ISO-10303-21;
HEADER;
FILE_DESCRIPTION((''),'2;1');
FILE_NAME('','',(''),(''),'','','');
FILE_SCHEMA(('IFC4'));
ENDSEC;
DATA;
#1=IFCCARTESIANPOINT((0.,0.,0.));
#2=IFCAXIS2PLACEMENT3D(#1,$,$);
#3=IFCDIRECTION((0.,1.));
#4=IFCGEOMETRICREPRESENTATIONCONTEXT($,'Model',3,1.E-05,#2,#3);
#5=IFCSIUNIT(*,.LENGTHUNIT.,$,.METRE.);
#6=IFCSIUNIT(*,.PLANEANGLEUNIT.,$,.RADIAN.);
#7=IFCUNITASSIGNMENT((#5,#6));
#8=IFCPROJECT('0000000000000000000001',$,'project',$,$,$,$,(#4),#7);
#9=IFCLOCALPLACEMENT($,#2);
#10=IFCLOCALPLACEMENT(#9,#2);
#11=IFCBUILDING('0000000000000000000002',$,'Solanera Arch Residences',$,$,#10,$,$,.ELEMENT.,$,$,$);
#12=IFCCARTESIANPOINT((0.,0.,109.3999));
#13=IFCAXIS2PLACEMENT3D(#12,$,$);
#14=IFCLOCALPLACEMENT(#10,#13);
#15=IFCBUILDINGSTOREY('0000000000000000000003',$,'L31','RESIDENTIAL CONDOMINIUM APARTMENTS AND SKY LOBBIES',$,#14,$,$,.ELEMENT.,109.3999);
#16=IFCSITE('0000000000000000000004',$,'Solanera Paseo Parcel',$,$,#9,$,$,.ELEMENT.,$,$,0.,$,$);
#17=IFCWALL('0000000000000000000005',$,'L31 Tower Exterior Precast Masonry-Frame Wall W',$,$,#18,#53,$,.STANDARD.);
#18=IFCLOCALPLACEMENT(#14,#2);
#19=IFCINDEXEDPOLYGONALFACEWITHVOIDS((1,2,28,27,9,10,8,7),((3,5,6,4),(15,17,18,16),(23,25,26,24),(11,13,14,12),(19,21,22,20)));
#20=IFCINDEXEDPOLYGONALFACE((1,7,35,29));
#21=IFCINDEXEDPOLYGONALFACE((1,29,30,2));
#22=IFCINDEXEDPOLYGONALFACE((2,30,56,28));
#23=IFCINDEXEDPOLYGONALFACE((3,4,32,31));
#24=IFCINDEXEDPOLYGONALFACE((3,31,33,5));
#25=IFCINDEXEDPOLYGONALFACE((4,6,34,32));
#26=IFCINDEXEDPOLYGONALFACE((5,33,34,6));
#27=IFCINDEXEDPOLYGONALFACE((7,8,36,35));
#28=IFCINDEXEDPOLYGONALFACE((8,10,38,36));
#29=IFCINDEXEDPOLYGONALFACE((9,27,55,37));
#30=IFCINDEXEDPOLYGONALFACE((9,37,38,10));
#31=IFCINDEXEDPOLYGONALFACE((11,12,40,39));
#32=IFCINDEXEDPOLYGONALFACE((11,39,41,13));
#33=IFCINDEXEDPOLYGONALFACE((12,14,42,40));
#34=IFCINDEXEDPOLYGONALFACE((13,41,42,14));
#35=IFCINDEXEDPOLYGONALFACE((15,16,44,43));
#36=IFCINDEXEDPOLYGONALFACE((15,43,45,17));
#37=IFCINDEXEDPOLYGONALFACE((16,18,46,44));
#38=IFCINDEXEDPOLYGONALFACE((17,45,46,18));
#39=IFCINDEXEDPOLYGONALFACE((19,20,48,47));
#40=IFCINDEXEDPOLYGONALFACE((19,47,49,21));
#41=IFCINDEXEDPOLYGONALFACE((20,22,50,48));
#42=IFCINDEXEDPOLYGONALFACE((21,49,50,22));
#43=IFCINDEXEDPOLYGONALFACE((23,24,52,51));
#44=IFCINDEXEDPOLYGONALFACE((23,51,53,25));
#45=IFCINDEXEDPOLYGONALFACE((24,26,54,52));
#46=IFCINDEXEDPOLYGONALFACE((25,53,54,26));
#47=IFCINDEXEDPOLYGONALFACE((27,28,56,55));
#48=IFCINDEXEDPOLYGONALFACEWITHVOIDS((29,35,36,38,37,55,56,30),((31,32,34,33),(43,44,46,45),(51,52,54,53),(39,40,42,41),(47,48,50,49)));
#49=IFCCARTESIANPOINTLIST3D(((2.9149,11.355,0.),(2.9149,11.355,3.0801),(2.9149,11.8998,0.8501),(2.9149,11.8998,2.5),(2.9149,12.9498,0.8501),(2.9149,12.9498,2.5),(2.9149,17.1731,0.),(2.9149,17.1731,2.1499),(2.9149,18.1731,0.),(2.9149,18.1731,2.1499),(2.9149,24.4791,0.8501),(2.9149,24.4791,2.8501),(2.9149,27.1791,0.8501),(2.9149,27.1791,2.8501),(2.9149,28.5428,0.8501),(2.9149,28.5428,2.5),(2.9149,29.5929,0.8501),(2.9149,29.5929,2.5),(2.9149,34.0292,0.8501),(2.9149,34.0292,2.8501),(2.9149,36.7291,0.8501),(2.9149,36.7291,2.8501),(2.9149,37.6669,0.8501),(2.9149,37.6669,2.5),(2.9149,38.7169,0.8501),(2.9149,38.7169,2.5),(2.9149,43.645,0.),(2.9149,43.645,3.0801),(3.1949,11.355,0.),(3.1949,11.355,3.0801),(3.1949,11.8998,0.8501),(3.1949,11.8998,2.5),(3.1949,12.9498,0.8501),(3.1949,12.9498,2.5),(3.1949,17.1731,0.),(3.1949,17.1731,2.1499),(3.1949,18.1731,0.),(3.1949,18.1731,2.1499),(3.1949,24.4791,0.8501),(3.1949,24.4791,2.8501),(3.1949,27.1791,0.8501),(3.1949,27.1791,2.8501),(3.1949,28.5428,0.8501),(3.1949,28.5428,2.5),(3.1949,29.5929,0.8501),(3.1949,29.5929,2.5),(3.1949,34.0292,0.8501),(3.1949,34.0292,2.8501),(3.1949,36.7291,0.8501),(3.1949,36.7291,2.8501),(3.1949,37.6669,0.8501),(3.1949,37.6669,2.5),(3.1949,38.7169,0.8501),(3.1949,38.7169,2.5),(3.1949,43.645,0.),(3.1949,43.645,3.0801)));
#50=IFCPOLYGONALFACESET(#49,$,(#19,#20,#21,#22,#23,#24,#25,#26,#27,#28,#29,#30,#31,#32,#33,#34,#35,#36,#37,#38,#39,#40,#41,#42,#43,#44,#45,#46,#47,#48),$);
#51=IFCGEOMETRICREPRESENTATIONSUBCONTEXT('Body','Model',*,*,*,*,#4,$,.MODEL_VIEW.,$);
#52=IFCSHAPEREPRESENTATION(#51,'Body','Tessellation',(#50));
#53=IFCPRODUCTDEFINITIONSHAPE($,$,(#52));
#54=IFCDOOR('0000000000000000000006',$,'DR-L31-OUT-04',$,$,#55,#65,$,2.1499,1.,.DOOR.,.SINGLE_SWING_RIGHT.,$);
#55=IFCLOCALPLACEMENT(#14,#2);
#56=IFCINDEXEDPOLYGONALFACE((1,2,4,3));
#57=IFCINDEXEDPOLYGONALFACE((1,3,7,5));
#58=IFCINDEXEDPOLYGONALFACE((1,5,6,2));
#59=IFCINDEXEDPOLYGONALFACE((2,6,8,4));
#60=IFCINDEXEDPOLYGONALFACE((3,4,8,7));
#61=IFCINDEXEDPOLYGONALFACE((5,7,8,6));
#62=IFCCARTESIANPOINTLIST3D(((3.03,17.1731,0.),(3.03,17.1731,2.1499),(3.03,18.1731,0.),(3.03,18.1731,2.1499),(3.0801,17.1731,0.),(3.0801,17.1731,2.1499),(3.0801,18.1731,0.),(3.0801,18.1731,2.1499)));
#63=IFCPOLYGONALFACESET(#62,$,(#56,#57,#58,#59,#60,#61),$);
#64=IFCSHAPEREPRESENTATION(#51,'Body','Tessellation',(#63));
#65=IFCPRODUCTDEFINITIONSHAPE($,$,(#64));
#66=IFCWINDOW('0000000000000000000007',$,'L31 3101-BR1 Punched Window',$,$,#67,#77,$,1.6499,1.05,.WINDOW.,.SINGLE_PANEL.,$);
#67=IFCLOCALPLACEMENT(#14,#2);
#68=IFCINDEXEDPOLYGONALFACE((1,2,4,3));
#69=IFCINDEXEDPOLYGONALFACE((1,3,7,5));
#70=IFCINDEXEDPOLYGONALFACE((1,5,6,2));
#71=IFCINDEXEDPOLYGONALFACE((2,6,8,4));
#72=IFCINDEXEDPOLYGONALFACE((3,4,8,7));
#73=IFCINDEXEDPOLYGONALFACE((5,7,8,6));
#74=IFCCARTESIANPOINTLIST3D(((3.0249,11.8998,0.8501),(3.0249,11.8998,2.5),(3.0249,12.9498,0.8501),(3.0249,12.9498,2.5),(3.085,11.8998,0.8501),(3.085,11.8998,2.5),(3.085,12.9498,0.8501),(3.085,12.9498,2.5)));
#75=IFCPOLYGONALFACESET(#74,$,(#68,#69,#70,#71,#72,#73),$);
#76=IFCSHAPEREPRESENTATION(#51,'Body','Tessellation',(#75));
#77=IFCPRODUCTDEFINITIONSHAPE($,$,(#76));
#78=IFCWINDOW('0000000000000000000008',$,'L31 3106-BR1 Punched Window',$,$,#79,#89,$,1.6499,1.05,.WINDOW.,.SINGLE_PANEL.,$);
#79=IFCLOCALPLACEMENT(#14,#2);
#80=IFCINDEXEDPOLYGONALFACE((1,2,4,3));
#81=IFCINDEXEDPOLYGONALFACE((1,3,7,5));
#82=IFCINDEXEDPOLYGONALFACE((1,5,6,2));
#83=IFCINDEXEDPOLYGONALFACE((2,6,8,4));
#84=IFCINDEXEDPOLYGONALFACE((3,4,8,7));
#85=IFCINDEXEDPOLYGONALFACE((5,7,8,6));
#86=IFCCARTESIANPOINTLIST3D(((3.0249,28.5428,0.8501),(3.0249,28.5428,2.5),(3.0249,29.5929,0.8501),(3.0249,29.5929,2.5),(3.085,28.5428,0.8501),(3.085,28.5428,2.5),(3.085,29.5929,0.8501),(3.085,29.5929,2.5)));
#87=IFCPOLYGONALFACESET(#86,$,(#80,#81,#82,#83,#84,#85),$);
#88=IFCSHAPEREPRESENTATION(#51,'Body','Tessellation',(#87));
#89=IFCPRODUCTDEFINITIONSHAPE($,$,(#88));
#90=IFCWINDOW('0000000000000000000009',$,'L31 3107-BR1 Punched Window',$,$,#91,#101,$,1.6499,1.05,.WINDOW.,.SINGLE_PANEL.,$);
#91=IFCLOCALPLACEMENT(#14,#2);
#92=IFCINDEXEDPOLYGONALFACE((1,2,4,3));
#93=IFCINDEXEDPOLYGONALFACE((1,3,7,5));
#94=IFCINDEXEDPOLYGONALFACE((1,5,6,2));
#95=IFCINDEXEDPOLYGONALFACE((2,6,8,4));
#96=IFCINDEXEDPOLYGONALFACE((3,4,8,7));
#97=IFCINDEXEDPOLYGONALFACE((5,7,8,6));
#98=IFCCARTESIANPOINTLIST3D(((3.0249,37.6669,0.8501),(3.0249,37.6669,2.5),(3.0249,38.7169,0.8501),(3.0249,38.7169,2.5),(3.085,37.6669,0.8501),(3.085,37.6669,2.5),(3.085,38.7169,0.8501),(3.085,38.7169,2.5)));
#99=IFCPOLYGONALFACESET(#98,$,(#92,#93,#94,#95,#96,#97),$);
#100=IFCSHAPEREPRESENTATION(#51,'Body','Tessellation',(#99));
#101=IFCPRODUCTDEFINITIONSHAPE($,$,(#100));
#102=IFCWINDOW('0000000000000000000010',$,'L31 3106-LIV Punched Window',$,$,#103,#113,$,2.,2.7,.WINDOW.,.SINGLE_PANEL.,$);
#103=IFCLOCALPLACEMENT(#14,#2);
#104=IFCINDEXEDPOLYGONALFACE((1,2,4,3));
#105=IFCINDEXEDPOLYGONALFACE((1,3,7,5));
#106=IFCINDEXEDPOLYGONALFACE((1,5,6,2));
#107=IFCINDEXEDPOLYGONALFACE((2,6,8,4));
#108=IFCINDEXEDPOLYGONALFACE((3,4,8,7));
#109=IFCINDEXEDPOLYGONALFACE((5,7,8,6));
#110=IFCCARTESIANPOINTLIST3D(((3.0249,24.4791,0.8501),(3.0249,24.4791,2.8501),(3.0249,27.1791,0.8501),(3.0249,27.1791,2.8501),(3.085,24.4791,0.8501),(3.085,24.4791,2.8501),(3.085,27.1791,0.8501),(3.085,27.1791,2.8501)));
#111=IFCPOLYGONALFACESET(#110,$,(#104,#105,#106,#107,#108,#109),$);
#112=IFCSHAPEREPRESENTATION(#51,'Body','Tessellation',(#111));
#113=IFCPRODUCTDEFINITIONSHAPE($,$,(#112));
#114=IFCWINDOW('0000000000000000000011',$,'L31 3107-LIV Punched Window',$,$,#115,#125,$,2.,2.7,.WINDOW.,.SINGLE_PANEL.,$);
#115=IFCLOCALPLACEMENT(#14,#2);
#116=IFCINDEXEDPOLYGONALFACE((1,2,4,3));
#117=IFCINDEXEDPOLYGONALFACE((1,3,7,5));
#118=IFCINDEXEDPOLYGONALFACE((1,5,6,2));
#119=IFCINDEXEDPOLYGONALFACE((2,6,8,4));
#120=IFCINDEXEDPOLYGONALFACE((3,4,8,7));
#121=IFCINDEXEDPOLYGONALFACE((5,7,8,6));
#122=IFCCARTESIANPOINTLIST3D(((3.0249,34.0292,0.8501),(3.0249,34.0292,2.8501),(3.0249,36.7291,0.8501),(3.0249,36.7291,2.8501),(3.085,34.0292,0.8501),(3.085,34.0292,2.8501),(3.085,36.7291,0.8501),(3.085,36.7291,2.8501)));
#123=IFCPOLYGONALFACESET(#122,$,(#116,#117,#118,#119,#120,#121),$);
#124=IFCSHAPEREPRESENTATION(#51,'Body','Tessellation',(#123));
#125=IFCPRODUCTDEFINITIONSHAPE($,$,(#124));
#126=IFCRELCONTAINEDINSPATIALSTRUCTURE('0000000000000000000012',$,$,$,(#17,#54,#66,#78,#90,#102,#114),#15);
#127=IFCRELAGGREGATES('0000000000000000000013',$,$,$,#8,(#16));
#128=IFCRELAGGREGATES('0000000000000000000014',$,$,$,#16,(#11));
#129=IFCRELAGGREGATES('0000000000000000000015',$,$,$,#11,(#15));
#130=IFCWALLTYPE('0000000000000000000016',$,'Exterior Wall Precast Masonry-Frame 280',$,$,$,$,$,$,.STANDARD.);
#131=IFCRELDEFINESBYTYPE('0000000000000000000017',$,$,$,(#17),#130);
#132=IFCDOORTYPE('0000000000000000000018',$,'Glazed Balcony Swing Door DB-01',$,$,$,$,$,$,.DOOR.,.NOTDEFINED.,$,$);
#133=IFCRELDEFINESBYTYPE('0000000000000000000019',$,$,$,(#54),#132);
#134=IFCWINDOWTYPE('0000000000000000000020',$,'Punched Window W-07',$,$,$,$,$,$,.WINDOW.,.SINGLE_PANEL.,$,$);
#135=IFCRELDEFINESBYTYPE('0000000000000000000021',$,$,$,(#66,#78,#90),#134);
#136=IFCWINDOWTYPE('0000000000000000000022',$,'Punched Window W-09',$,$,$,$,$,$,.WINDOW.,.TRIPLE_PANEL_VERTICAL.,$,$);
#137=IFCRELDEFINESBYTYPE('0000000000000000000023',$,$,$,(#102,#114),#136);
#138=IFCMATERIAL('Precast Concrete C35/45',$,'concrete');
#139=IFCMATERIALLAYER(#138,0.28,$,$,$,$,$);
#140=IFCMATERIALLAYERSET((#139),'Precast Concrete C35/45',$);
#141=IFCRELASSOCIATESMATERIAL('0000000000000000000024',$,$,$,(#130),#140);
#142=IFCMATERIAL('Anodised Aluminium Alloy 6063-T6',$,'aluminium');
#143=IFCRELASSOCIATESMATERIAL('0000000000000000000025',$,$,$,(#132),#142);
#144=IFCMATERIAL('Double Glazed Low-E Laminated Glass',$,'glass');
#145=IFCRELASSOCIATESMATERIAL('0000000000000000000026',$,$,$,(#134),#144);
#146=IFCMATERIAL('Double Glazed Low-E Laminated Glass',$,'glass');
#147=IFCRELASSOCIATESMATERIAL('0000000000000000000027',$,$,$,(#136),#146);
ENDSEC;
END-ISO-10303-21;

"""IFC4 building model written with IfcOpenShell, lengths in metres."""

from ifc_helpers import new_model, si_unit, direction, frame, frame_2d, origin, place, context, subcontext, project, spatial, rectangle, extrude, material, layer, layer_set, type_object, element, fill, save


model = new_model("IFC4")

# Units and contexts
model_context = context("Model", 3, precision=1e-05, world=origin(), true_north=direction((0.0, 1.0)))
body_context = subcontext(model_context, "Body", "Model", "MODEL_VIEW")
ifc_project = project(units=[si_unit("LENGTHUNIT", "METRE"), si_unit("PLANEANGLEUNIT", "RADIAN")], contexts=[model_context])

# Site, building, storey
site_placement = place(None, origin())
site = spatial("IfcSite", under=ifc_project, at=site_placement, Name="Solanera Paseo Parcel", CompositionType="ELEMENT", RefElevation=0.0)
building_placement = place(site_placement, origin())
building = spatial("IfcBuilding", under=site, at=building_placement, Name="Solanera Arch Residences", CompositionType="ELEMENT")
storey_placement = place(building_placement, frame((0.0, 0.0, 109.3999)))
storey = spatial("IfcBuildingStorey", under=building, at=storey_placement, Name="L31", Description="RESIDENTIAL CONDOMINIUM APARTMENTS AND SKY LOBBIES", CompositionType="ELEMENT", Elevation=109.3999)

# Wall, openings, door, windows
ifc_material_1 = material(Name="Precast Concrete C35/45", Category="concrete")
ifc_layer_1 = layer(ifc_material_1, 0.28)
ifc_layer_set_1 = layer_set([ifc_layer_1], Name="Precast Concrete C35/45")
wall_type_1 = type_object("IfcWallType", Name="Exterior Wall Precast Masonry-Frame 280", PredefinedType="STANDARD", material=ifc_layer_set_1)
wall_1_placement = place(storey_placement, frame((3.0549, 11.355, 0.0), z_axis=(0.0, 0.0, 1.0), x_axis=(0.0, 1.0, 0.0)))
wall_1 = element("IfcWall", 1, at=wall_1_placement, inside=storey, type_object=wall_type_1, Name="L31 Tower Exterior Precast Masonry-Frame Wall W", PredefinedType="STANDARD", context=body_context, shape_type="SweptSolid", body=[
    extrude(rectangle(XDim=32.29, YDim=0.28, at=frame_2d((16.145, 0.0))), origin(), (0.0, 0.0, 1.0), 3.0801),
])
opening_1_placement = place(wall_1_placement, frame((5.8181, 0.0, 0.0)))
opening_1 = element("IfcOpeningElement", 2, at=opening_1_placement, cuts=wall_1, PredefinedType="OPENING", context=body_context, shape_type="SweptSolid", body=[
    extrude(rectangle(XDim=1.0, YDim=2.1499, at=frame_2d((0.5, 1.075))), frame((0.0, 0.1499, 0.0), z_axis=(0.0, -1.0, 0.0), x_axis=(1.0, 0.0, 0.0)), (0.0, 0.0, 1.0), 0.3),
])
opening_2_placement = place(wall_1_placement, frame((0.5449, 0.0, 0.8501)))
opening_2 = element("IfcOpeningElement", 3, at=opening_2_placement, cuts=wall_1, PredefinedType="OPENING", context=body_context, shape_type="SweptSolid", body=[
    extrude(rectangle(XDim=1.05, YDim=1.6499, at=frame_2d((0.5249, 0.825))), frame((0.0, 0.1499, 0.0), z_axis=(0.0, -1.0, 0.0), x_axis=(1.0, 0.0, 0.0)), (0.0, 0.0, 1.0), 0.3),
])
opening_3_placement = place(wall_1_placement, frame((13.124, 0.0, 0.8501)))
opening_3 = element("IfcOpeningElement", 4, at=opening_3_placement, cuts=wall_1, PredefinedType="OPENING", context=body_context, shape_type="SweptSolid", body=[
    extrude(rectangle(XDim=2.7, YDim=2.0, at=frame_2d((1.3501, 1.0))), frame((0.0, 0.1499, 0.0), z_axis=(0.0, -1.0, 0.0), x_axis=(1.0, 0.0, 0.0)), (0.0, 0.0, 1.0), 0.3),
])
opening_4_placement = place(wall_1_placement, frame((17.188, 0.0, 0.8501)))
opening_4 = element("IfcOpeningElement", 5, at=opening_4_placement, cuts=wall_1, PredefinedType="OPENING", context=body_context, shape_type="SweptSolid", body=[
    extrude(rectangle(XDim=1.05, YDim=1.6499, at=frame_2d((0.5249, 0.825))), frame((0.0, 0.1499, 0.0), z_axis=(0.0, -1.0, 0.0), x_axis=(1.0, 0.0, 0.0)), (0.0, 0.0, 1.0), 0.3),
])
opening_5_placement = place(wall_1_placement, frame((22.6741, 0.0, 0.8501)))
opening_5 = element("IfcOpeningElement", 6, at=opening_5_placement, cuts=wall_1, PredefinedType="OPENING", context=body_context, shape_type="SweptSolid", body=[
    extrude(rectangle(XDim=2.7, YDim=2.0, at=frame_2d((1.3501, 1.0))), frame((0.0, 0.1499, 0.0), z_axis=(0.0, -1.0, 0.0), x_axis=(1.0, 0.0, 0.0)), (0.0, 0.0, 1.0), 0.3),
])
opening_6_placement = place(wall_1_placement, frame((26.312, 0.0, 0.8501)))
opening_6 = element("IfcOpeningElement", 7, at=opening_6_placement, cuts=wall_1, PredefinedType="OPENING", context=body_context, shape_type="SweptSolid", body=[
    extrude(rectangle(XDim=1.05, YDim=1.6499, at=frame_2d((0.5249, 0.825))), frame((0.0, 0.1499, 0.0), z_axis=(0.0, -1.0, 0.0), x_axis=(1.0, 0.0, 0.0)), (0.0, 0.0, 1.0), 0.3),
])
ifc_material_2 = material(Name="Anodised Aluminium Alloy 6063-T6", Category="aluminium")
door_type_1 = type_object("IfcDoorType", Name="Glazed Balcony Swing Door DB-01", OperationType="NOTDEFINED", PredefinedType="DOOR", material=ifc_material_2)
door_1_placement = place(opening_1_placement, origin())
door_1 = element("IfcDoor", 8, at=door_1_placement, inside=storey, type_object=door_type_1, Name="DR-L31-OUT-04", OperationType="SINGLE_SWING_RIGHT", OverallHeight=2.1499, OverallWidth=1.0, PredefinedType="DOOR", context=body_context, shape_type="SweptSolid", body=[
    extrude(rectangle(XDim=1.0, YDim=2.1499, at=frame_2d((0.5, 1.075))), frame((0.0, 0.0249, 0.0), z_axis=(0.0, -1.0, 0.0), x_axis=(1.0, 0.0, 0.0)), (0.0, 0.0, 1.0), 0.05),
])
fill(opening_1, door_1)
ifc_material_3 = material(Name="Double Glazed Low-E Laminated Glass", Category="glass")
window_type_1 = type_object("IfcWindowType", Name="Punched Window W-07", PartitioningType="SINGLE_PANEL", PredefinedType="WINDOW", material=ifc_material_3)
window_1_placement = place(opening_2_placement, origin())
window_1 = element("IfcWindow", 9, at=window_1_placement, inside=storey, type_object=window_type_1, Name="L31 3101-BR1 Punched Window", OverallHeight=1.6499, OverallWidth=1.05, PartitioningType="SINGLE_PANEL", PredefinedType="WINDOW", context=body_context, shape_type="SweptSolid", body=[
    extrude(rectangle(XDim=1.05, YDim=1.6499, at=frame_2d((0.5249, 0.825))), frame((0.0, 0.03, 0.0), z_axis=(0.0, -1.0, 0.0), x_axis=(1.0, 0.0, 0.0)), (0.0, 0.0, 1.0), 0.0601),
])
fill(opening_2, window_1)
window_2_placement = place(opening_4_placement, origin())
window_2 = element("IfcWindow", 10, at=window_2_placement, inside=storey, type_object=window_type_1, Name="L31 3106-BR1 Punched Window", OverallHeight=1.6499, OverallWidth=1.05, PartitioningType="SINGLE_PANEL", PredefinedType="WINDOW", context=body_context, shape_type="SweptSolid", body=[
    extrude(rectangle(XDim=1.05, YDim=1.6499, at=frame_2d((0.5249, 0.825))), frame((0.0, 0.03, 0.0), z_axis=(0.0, -1.0, 0.0), x_axis=(1.0, 0.0, 0.0)), (0.0, 0.0, 1.0), 0.0601),
])
fill(opening_4, window_2)
window_3_placement = place(opening_6_placement, origin())
window_3 = element("IfcWindow", 11, at=window_3_placement, inside=storey, type_object=window_type_1, Name="L31 3107-BR1 Punched Window", OverallHeight=1.6499, OverallWidth=1.05, PartitioningType="SINGLE_PANEL", PredefinedType="WINDOW", context=body_context, shape_type="SweptSolid", body=[
    extrude(rectangle(XDim=1.05, YDim=1.6499, at=frame_2d((0.5249, 0.825))), frame((0.0, 0.03, 0.0), z_axis=(0.0, -1.0, 0.0), x_axis=(1.0, 0.0, 0.0)), (0.0, 0.0, 1.0), 0.0601),
])
fill(opening_6, window_3)
ifc_material_4 = material(Name="Double Glazed Low-E Laminated Glass", Category="glass")
window_type_2 = type_object("IfcWindowType", Name="Punched Window W-09", PartitioningType="TRIPLE_PANEL_VERTICAL", PredefinedType="WINDOW", material=ifc_material_4)
window_4_placement = place(opening_3_placement, origin())
window_4 = element("IfcWindow", 12, at=window_4_placement, inside=storey, type_object=window_type_2, Name="L31 3106-LIV Punched Window", OverallHeight=2.0, OverallWidth=2.7, PartitioningType="SINGLE_PANEL", PredefinedType="WINDOW", context=body_context, shape_type="SweptSolid", body=[
    extrude(rectangle(XDim=2.7, YDim=2.0, at=frame_2d((1.3501, 1.0))), frame((0.0, 0.03, 0.0), z_axis=(0.0, -1.0, 0.0), x_axis=(1.0, 0.0, 0.0)), (0.0, 0.0, 1.0), 0.0601),
])
fill(opening_3, window_4)
window_5_placement = place(opening_5_placement, origin())
window_5 = element("IfcWindow", 13, at=window_5_placement, inside=storey, type_object=window_type_2, Name="L31 3107-LIV Punched Window", OverallHeight=2.0, OverallWidth=2.7, PartitioningType="SINGLE_PANEL", PredefinedType="WINDOW", context=body_context, shape_type="SweptSolid", body=[
    extrude(rectangle(XDim=2.7, YDim=2.0, at=frame_2d((1.3501, 1.0))), frame((0.0, 0.03, 0.0), z_axis=(0.0, -1.0, 0.0), x_axis=(1.0, 0.0, 0.0)), (0.0, 0.0, 1.0), 0.0601),
])
fill(opening_5, window_5)

save(model, "model.ifc")
